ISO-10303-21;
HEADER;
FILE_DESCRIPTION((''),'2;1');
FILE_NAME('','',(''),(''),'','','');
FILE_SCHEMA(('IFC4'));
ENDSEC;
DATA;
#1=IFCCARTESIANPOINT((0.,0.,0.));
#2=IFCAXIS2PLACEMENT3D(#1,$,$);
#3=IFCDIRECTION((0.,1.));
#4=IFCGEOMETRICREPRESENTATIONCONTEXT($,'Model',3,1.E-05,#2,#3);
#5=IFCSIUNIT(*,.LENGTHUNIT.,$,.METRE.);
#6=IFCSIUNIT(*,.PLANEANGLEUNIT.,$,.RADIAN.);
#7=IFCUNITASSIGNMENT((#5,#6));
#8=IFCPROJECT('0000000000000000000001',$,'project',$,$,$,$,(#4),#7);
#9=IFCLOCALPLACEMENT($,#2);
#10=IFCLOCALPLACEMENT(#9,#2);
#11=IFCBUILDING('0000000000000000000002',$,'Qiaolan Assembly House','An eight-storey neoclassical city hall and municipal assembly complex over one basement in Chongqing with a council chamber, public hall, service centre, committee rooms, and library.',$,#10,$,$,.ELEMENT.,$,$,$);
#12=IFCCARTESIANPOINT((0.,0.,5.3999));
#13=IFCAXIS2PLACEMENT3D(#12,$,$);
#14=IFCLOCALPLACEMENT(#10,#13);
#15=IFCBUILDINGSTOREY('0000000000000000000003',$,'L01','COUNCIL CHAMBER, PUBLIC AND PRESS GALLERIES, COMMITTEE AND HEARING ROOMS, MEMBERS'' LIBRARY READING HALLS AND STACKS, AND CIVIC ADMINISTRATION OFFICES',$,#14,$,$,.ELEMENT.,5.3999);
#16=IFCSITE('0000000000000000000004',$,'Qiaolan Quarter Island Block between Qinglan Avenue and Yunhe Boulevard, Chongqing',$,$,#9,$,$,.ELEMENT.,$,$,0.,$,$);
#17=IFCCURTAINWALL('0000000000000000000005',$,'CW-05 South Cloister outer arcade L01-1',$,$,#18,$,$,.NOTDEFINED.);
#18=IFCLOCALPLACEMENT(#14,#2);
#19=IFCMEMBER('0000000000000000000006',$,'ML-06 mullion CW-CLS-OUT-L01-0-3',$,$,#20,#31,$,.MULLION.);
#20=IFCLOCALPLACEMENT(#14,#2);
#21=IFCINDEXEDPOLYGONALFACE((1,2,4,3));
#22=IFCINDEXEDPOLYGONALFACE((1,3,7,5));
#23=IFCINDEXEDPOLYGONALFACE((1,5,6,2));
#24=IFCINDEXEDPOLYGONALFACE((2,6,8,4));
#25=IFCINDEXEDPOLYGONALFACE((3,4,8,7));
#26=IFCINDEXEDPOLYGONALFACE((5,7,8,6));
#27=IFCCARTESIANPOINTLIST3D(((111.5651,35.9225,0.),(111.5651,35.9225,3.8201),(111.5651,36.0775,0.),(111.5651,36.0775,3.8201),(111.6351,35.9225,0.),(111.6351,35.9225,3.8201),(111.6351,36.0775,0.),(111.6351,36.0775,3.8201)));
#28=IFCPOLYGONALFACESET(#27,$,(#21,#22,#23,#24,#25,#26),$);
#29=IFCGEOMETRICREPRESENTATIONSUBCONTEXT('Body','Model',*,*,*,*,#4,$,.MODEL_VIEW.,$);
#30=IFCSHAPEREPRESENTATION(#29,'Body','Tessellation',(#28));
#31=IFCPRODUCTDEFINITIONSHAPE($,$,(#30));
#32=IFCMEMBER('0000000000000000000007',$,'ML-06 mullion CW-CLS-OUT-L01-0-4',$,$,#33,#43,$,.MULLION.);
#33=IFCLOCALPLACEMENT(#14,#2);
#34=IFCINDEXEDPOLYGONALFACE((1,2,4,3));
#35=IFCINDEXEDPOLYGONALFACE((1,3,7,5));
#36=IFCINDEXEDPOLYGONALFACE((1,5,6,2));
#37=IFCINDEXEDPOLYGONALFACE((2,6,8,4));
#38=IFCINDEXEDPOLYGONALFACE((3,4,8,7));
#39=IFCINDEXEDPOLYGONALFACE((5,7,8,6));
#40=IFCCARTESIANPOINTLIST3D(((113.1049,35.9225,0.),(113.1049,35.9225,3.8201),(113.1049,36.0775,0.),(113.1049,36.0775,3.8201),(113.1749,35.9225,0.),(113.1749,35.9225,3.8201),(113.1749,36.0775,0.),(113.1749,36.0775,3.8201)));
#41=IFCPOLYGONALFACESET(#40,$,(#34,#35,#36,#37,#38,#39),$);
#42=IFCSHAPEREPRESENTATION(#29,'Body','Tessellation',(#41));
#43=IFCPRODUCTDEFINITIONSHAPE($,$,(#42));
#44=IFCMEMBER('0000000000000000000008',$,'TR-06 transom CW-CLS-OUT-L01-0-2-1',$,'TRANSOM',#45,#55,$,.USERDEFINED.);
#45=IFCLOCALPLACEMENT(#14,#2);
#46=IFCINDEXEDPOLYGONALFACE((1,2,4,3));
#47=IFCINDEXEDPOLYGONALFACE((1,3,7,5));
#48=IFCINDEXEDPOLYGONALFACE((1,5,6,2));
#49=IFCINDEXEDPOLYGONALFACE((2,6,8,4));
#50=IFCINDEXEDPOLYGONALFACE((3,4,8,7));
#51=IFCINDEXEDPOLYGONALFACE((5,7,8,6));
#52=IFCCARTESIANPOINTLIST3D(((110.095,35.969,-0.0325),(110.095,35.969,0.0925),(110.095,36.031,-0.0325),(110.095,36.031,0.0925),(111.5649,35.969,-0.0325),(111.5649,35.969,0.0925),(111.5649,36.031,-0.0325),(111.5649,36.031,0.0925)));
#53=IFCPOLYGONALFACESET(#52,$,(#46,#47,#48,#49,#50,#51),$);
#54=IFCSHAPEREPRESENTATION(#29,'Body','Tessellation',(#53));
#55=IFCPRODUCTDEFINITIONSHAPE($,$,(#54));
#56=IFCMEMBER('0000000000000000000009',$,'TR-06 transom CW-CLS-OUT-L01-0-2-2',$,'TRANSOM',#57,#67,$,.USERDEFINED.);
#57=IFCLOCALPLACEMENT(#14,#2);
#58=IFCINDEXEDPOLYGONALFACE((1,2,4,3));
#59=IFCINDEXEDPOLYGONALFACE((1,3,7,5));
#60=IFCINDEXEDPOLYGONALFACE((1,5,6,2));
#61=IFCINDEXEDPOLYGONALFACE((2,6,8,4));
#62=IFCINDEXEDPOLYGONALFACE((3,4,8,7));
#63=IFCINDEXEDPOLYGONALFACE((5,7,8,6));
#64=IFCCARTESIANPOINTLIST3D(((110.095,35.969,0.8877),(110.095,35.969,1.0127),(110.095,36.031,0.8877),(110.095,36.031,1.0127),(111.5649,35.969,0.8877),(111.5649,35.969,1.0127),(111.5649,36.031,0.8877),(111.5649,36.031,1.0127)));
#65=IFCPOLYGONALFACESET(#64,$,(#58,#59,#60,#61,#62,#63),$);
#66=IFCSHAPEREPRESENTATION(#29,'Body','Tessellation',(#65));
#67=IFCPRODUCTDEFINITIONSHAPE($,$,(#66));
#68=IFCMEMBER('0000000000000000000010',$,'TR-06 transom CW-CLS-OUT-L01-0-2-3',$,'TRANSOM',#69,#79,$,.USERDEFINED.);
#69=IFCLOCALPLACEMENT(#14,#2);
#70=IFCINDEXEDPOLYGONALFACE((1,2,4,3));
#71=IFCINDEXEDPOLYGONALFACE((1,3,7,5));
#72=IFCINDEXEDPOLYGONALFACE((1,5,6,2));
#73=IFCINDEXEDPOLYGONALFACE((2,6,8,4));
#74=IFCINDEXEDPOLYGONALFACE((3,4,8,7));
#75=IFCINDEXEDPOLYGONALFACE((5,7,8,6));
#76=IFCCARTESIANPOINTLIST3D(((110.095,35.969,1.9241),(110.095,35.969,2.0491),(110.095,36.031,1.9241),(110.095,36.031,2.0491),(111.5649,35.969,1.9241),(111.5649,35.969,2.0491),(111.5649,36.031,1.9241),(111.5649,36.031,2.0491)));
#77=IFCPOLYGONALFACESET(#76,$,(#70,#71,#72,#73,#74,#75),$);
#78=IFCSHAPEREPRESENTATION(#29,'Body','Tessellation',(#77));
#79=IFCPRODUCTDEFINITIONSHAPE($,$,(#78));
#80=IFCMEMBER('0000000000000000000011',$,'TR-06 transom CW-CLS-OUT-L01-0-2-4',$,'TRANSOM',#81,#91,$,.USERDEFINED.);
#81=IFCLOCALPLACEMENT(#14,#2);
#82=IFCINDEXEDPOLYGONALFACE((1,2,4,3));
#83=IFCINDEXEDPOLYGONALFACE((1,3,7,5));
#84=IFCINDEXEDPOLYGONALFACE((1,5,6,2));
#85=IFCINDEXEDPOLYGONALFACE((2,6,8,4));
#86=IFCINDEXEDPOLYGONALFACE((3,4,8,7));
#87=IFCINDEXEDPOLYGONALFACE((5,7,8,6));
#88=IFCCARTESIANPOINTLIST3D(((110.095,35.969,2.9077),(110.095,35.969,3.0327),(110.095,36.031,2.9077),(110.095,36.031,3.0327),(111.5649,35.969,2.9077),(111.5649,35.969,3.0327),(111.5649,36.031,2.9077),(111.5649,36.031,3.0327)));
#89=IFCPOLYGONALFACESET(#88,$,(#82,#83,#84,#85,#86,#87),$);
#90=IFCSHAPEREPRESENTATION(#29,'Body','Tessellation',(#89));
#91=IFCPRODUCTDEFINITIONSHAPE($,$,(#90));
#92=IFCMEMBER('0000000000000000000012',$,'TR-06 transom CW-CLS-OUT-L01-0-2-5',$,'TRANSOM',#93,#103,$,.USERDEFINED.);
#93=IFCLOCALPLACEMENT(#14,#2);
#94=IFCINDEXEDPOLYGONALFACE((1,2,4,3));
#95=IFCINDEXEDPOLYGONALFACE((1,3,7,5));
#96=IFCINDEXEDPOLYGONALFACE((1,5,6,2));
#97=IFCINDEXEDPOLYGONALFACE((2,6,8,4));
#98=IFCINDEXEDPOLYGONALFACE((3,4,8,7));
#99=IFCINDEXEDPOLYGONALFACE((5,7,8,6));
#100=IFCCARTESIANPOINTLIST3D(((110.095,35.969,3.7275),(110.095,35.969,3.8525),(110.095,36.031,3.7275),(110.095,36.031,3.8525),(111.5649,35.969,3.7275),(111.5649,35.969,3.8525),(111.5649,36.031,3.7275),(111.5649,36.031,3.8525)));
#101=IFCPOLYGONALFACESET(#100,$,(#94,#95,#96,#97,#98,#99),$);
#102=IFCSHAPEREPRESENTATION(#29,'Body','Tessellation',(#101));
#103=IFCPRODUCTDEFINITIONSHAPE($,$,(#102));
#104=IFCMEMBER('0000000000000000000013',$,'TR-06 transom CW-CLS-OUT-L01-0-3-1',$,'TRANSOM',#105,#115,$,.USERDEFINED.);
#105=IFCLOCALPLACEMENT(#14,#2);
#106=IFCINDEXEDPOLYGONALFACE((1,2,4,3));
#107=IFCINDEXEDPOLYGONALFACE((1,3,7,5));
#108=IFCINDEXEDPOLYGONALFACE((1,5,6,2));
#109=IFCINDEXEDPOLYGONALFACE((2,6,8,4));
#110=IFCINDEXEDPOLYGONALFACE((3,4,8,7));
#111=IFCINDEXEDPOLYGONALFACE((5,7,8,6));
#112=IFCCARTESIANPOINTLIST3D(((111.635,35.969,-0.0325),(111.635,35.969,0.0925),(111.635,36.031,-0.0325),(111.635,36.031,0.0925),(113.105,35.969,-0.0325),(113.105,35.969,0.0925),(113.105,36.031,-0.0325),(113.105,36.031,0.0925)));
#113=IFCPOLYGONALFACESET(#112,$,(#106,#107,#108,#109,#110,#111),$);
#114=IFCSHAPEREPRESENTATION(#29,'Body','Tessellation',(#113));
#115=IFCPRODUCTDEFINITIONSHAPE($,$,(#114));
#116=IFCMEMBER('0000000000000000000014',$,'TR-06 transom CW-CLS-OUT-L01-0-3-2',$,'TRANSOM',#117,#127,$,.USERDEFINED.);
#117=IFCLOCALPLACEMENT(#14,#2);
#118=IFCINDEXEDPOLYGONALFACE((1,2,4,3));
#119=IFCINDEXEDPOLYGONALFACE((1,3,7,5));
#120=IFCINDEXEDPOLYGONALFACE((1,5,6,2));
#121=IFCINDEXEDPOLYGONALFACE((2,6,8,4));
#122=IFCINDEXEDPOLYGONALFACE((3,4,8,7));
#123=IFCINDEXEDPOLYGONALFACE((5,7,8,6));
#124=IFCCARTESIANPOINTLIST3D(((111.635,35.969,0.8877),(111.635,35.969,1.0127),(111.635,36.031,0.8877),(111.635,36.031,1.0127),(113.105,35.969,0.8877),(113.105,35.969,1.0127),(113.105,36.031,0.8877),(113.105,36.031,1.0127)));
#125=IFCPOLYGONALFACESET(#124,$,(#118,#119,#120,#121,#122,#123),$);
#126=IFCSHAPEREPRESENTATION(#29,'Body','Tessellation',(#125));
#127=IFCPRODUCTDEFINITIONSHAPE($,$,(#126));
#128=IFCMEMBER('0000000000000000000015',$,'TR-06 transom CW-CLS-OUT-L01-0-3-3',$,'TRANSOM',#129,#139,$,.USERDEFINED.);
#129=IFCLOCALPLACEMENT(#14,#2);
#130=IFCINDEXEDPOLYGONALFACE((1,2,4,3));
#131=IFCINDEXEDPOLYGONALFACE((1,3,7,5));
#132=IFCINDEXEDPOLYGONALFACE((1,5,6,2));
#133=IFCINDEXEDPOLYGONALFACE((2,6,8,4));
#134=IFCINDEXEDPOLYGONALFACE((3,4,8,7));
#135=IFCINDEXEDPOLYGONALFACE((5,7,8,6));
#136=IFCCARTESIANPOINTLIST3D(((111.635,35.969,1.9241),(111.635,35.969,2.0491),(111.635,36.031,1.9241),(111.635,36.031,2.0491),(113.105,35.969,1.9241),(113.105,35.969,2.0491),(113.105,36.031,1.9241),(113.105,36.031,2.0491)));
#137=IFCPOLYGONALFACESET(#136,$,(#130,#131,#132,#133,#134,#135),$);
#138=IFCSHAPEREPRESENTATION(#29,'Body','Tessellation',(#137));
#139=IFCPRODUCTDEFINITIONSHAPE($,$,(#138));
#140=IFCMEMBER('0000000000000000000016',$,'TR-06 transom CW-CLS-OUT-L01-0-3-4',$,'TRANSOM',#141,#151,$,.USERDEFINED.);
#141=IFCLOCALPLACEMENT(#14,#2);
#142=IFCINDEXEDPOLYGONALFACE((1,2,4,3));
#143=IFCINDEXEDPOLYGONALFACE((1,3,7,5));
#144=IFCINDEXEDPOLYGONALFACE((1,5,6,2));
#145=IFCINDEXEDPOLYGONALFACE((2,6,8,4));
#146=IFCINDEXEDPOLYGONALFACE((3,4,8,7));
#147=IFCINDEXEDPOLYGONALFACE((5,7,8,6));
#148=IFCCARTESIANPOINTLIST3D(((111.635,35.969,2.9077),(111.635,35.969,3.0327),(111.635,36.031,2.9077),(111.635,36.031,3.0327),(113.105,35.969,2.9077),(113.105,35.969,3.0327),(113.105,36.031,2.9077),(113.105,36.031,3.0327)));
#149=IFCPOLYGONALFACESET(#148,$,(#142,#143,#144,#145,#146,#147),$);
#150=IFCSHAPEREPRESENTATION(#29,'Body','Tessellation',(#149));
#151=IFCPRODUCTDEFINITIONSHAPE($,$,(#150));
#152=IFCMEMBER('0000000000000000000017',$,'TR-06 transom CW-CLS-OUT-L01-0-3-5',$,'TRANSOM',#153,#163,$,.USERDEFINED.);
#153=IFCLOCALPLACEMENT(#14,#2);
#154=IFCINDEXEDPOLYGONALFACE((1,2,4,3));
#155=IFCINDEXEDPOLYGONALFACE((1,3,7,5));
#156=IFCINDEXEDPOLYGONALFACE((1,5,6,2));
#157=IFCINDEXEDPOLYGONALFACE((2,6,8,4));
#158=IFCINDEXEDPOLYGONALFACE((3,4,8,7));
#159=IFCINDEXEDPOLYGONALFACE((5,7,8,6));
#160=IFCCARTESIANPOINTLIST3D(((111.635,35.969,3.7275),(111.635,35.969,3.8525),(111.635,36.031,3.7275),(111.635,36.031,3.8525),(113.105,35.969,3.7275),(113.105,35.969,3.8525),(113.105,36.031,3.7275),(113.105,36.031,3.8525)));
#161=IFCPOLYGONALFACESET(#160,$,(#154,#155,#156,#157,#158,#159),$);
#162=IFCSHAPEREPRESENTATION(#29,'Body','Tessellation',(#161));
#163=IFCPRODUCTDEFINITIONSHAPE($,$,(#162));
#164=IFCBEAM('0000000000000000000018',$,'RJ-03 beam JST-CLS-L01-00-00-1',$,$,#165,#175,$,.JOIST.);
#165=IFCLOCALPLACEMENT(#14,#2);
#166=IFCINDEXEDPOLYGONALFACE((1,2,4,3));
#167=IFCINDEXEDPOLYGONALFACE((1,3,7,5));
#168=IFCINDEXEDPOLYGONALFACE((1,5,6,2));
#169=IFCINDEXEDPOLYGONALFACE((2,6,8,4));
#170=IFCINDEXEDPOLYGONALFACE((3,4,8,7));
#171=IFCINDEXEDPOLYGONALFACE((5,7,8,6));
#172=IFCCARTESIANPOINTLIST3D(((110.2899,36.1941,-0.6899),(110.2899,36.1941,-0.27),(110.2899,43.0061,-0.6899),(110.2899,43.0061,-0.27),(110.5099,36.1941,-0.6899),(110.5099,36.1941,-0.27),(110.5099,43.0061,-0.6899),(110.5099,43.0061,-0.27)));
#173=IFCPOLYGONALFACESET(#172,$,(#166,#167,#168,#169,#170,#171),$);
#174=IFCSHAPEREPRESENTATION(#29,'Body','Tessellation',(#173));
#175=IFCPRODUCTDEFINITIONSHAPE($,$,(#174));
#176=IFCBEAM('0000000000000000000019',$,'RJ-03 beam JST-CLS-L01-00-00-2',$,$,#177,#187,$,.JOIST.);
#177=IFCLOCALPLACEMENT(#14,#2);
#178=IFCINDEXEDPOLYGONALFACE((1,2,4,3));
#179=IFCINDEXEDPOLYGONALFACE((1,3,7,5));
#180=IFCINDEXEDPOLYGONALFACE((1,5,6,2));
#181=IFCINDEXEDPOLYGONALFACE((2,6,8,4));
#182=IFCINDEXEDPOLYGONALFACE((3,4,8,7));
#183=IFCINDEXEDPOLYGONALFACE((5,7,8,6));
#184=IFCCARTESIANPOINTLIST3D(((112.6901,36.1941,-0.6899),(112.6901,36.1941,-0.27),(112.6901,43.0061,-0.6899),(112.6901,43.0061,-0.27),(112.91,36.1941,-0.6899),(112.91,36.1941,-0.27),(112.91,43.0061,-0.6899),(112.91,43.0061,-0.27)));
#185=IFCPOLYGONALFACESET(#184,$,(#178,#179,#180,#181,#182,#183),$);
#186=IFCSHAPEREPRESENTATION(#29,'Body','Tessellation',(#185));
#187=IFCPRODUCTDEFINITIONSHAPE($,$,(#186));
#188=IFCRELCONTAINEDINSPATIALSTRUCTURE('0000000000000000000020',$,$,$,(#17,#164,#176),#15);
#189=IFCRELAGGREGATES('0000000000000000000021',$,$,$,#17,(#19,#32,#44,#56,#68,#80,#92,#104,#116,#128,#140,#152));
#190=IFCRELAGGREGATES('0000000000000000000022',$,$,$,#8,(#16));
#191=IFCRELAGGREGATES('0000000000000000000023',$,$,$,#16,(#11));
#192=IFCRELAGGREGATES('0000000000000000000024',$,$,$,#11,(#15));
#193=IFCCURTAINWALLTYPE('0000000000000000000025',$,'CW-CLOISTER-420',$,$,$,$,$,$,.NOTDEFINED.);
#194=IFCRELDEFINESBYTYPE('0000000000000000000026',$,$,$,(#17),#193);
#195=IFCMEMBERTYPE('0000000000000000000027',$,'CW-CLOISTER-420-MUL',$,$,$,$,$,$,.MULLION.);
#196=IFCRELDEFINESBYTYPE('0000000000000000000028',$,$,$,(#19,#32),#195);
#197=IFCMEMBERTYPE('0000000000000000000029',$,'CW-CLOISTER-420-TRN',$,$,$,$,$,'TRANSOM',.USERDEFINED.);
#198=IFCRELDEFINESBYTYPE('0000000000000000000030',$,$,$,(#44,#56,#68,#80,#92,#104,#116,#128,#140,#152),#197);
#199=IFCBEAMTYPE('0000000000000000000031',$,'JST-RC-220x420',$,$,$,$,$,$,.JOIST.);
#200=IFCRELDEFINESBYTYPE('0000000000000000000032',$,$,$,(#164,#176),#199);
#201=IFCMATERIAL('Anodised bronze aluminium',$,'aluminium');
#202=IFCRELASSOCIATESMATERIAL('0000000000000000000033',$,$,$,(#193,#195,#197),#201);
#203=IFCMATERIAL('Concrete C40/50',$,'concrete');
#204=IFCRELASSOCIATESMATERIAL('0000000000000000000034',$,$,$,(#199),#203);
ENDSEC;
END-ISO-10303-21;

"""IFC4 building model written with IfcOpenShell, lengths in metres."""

from ifc_helpers import new_model, si_unit, direction, frame, origin, origin_2d, place, context, subcontext, project, spatial, rectangle, extrude, material, material_profile, profile_set, type_object, element, aggregate, save


model = new_model("IFC4")

# Units and contexts
model_context = context("Model", 3, precision=1e-05, world=origin(), true_north=direction((0.0, 1.0)))
body_context = subcontext(model_context, "Body", "Model", "MODEL_VIEW")
ifc_project = project(units=[si_unit("LENGTHUNIT", "METRE"), si_unit("PLANEANGLEUNIT", "RADIAN")], contexts=[model_context])

# Site, building, storey
site_placement = place(None, origin())
site = spatial("IfcSite", under=ifc_project, at=site_placement, Name="Qiaolan Quarter Island Block between Qinglan Avenue and Yunhe Boulevard, Chongqing", CompositionType="ELEMENT", RefElevation=0.0)
building_placement = place(site_placement, origin())
building = spatial("IfcBuilding", under=site, at=building_placement, Name="Qiaolan Assembly House", Description="An eight-storey neoclassical city hall and municipal assembly complex over one basement in Chongqing with a council chamber, public hall, service centre, committee rooms, and library.", CompositionType="ELEMENT")
storey_placement = place(building_placement, frame((0.0, 0.0, 5.3999)))
storey = spatial("IfcBuildingStorey", under=building, at=storey_placement, Name="L01", Description="COUNCIL CHAMBER, PUBLIC AND PRESS GALLERIES, COMMITTEE AND HEARING ROOMS, MEMBERS' LIBRARY READING HALLS AND STACKS, AND CIVIC ADMINISTRATION OFFICES", CompositionType="ELEMENT", Elevation=5.3999)

# Curtain wall, members
ifc_material_1 = material(Name="Anodised bronze aluminium", Category="aluminium")
curtain_wall_type = type_object("IfcCurtainWallType", Name="CW-CLOISTER-420", PredefinedType="NOTDEFINED", material=ifc_material_1)
curtain_wall_placement = place(storey_placement, origin())
curtain_wall = element("IfcCurtainWall", 1, at=curtain_wall_placement, inside=storey, type_object=curtain_wall_type, Name="CW-05 South Cloister outer arcade L01-1", PredefinedType="NOTDEFINED")
ifc_material_profile_1 = material_profile(ifc_material_1, rectangle(XDim=0.0701, YDim=0.155, at=origin_2d()), Name="MUL 70x155")
ifc_profile_set_1 = profile_set([ifc_material_profile_1], Name="Anodised bronze aluminium")
member_type_1 = type_object("IfcMemberType", Name="CW-CLOISTER-420-MUL", PredefinedType="MULLION", material=ifc_profile_set_1)
member_1_placement = place(storey_placement, frame((111.6001, 36.0, 0.0), z_axis=(0.0, 0.0, 1.0), x_axis=(1.0, 0.0, 0.0)))
member_1 = element("IfcMember", 2, at=member_1_placement, type_object=member_type_1, Name="ML-06 mullion CW-CLS-OUT-L01-0-3", PredefinedType="MULLION", context=body_context, shape_type="SweptSolid", body=[
    extrude(rectangle(XDim=0.0701, YDim=0.155, at=origin_2d()), origin(), (0.0, 0.0, 1.0), 3.8201),
])
member_2_placement = place(storey_placement, frame((113.1399, 36.0, 0.0), z_axis=(0.0, 0.0, 1.0), x_axis=(1.0, 0.0, 0.0)))
member_2 = element("IfcMember", 3, at=member_2_placement, type_object=member_type_1, Name="ML-06 mullion CW-CLS-OUT-L01-0-4", PredefinedType="MULLION", context=body_context, shape_type="SweptSolid", body=[
    extrude(rectangle(XDim=0.0701, YDim=0.155, at=origin_2d()), origin(), (0.0, 0.0, 1.0), 3.8201),
])
ifc_material_profile_2 = material_profile(ifc_material_1, rectangle(XDim=0.062, YDim=0.125, at=origin_2d()), Name="TRN 62x125")
ifc_profile_set_2 = profile_set([ifc_material_profile_2], Name="Anodised bronze aluminium")
member_type_2 = type_object("IfcMemberType", Name="CW-CLOISTER-420-TRN", ElementType="TRANSOM", PredefinedType="USERDEFINED", material=ifc_profile_set_2)
member_3_placement = place(storey_placement, frame((110.095, 36.0, 0.03), z_axis=(1.0, 0.0, 0.0), x_axis=(0.0, 1.0, 0.0)))
member_3 = element("IfcMember", 4, at=member_3_placement, type_object=member_type_2, Name="TR-06 transom CW-CLS-OUT-L01-0-2-1", ObjectType="TRANSOM", PredefinedType="USERDEFINED", context=body_context, shape_type="SweptSolid", body=[
    extrude(rectangle(XDim=0.062, YDim=0.125, at=origin_2d()), origin(), (0.0, 0.0, 1.0), 1.47),
])
member_4_placement = place(storey_placement, frame((110.095, 36.0, 0.9502), z_axis=(1.0, 0.0, 0.0), x_axis=(0.0, 1.0, 0.0)))
member_4 = element("IfcMember", 5, at=member_4_placement, type_object=member_type_2, Name="TR-06 transom CW-CLS-OUT-L01-0-2-2", ObjectType="TRANSOM", PredefinedType="USERDEFINED", context=body_context, shape_type="SweptSolid", body=[
    extrude(rectangle(XDim=0.062, YDim=0.125, at=origin_2d()), origin(), (0.0, 0.0, 1.0), 1.47),
])
member_5_placement = place(storey_placement, frame((110.095, 36.0, 1.9866), z_axis=(1.0, 0.0, 0.0), x_axis=(0.0, 1.0, 0.0)))
member_5 = element("IfcMember", 6, at=member_5_placement, type_object=member_type_2, Name="TR-06 transom CW-CLS-OUT-L01-0-2-3", ObjectType="TRANSOM", PredefinedType="USERDEFINED", context=body_context, shape_type="SweptSolid", body=[
    extrude(rectangle(XDim=0.062, YDim=0.125, at=origin_2d()), origin(), (0.0, 0.0, 1.0), 1.47),
])
member_6_placement = place(storey_placement, frame((110.095, 36.0, 2.9702), z_axis=(1.0, 0.0, 0.0), x_axis=(0.0, 1.0, 0.0)))
member_6 = element("IfcMember", 7, at=member_6_placement, type_object=member_type_2, Name="TR-06 transom CW-CLS-OUT-L01-0-2-4", ObjectType="TRANSOM", PredefinedType="USERDEFINED", context=body_context, shape_type="SweptSolid", body=[
    extrude(rectangle(XDim=0.062, YDim=0.125, at=origin_2d()), origin(), (0.0, 0.0, 1.0), 1.47),
])
member_7_placement = place(storey_placement, frame((110.095, 36.0, 3.79), z_axis=(1.0, 0.0, 0.0), x_axis=(0.0, 1.0, 0.0)))
member_7 = element("IfcMember", 8, at=member_7_placement, type_object=member_type_2, Name="TR-06 transom CW-CLS-OUT-L01-0-2-5", ObjectType="TRANSOM", PredefinedType="USERDEFINED", context=body_context, shape_type="SweptSolid", body=[
    extrude(rectangle(XDim=0.062, YDim=0.125, at=origin_2d()), origin(), (0.0, 0.0, 1.0), 1.47),
])
member_8_placement = place(storey_placement, frame((111.635, 36.0, 0.03), z_axis=(1.0, 0.0, 0.0), x_axis=(0.0, 1.0, 0.0)))
member_8 = element("IfcMember", 9, at=member_8_placement, type_object=member_type_2, Name="TR-06 transom CW-CLS-OUT-L01-0-3-1", ObjectType="TRANSOM", PredefinedType="USERDEFINED", context=body_context, shape_type="SweptSolid", body=[
    extrude(rectangle(XDim=0.062, YDim=0.125, at=origin_2d()), origin(), (0.0, 0.0, 1.0), 1.47),
])
member_9_placement = place(storey_placement, frame((111.635, 36.0, 0.9502), z_axis=(1.0, 0.0, 0.0), x_axis=(0.0, 1.0, 0.0)))
member_9 = element("IfcMember", 10, at=member_9_placement, type_object=member_type_2, Name="TR-06 transom CW-CLS-OUT-L01-0-3-2", ObjectType="TRANSOM", PredefinedType="USERDEFINED", context=body_context, shape_type="SweptSolid", body=[
    extrude(rectangle(XDim=0.062, YDim=0.125, at=origin_2d()), origin(), (0.0, 0.0, 1.0), 1.47),
])
member_10_placement = place(storey_placement, frame((111.635, 36.0, 1.9866), z_axis=(1.0, 0.0, 0.0), x_axis=(0.0, 1.0, 0.0)))
member_10 = element("IfcMember", 11, at=member_10_placement, type_object=member_type_2, Name="TR-06 transom CW-CLS-OUT-L01-0-3-3", ObjectType="TRANSOM", PredefinedType="USERDEFINED", context=body_context, shape_type="SweptSolid", body=[
    extrude(rectangle(XDim=0.062, YDim=0.125, at=origin_2d()), origin(), (0.0, 0.0, 1.0), 1.47),
])
member_11_placement = place(storey_placement, frame((111.635, 36.0, 2.9702), z_axis=(1.0, 0.0, 0.0), x_axis=(0.0, 1.0, 0.0)))
member_11 = element("IfcMember", 12, at=member_11_placement, type_object=member_type_2, Name="TR-06 transom CW-CLS-OUT-L01-0-3-4", ObjectType="TRANSOM", PredefinedType="USERDEFINED", context=body_context, shape_type="SweptSolid", body=[
    extrude(rectangle(XDim=0.062, YDim=0.125, at=origin_2d()), origin(), (0.0, 0.0, 1.0), 1.47),
])
member_12_placement = place(storey_placement, frame((111.635, 36.0, 3.79), z_axis=(1.0, 0.0, 0.0), x_axis=(0.0, 1.0, 0.0)))
member_12 = element("IfcMember", 13, at=member_12_placement, type_object=member_type_2, Name="TR-06 transom CW-CLS-OUT-L01-0-3-5", ObjectType="TRANSOM", PredefinedType="USERDEFINED", context=body_context, shape_type="SweptSolid", body=[
    extrude(rectangle(XDim=0.062, YDim=0.125, at=origin_2d()), origin(), (0.0, 0.0, 1.0), 1.47),
])

# Beams
ifc_material_2 = material(Name="Concrete C40/50", Category="concrete")
ifc_material_profile_3 = material_profile(ifc_material_2, rectangle(XDim=0.22, YDim=0.4199, at=origin_2d()), Name="RCB 220x420")
ifc_profile_set_3 = profile_set([ifc_material_profile_3], Name="Concrete C40/50")
beam_type = type_object("IfcBeamType", Name="JST-RC-220x420", PredefinedType="JOIST", material=ifc_profile_set_3)
for number, where, z_axis, x_axis, name in (
    (14, (110.3999, 36.1941, -0.48), (0.0, 1.0, 0.0), (-1.0, 0.0, 0.0), "RJ-03 beam JST-CLS-L01-00-00-1"),
    (15, (112.8, 36.1941, -0.48), (0.0, 1.0, 0.0), (-1.0, 0.0, 0.0), "RJ-03 beam JST-CLS-L01-00-00-2"),
):
    element("IfcBeam", number, at=place(storey_placement, frame(where, z_axis=z_axis, x_axis=x_axis)), inside=storey, type_object=beam_type, Name=name, PredefinedType="JOIST", context=body_context, shape_type="SweptSolid", body=[
        extrude(rectangle(XDim=0.22, YDim=0.4199, at=origin_2d()), origin(), (0.0, 0.0, 1.0), 6.812),
    ])

aggregate(curtain_wall, [member_1, member_2, member_3, member_4, member_5, member_6, member_7, member_8, member_9, member_10, member_11, member_12])

save(model, "model.ifc")
